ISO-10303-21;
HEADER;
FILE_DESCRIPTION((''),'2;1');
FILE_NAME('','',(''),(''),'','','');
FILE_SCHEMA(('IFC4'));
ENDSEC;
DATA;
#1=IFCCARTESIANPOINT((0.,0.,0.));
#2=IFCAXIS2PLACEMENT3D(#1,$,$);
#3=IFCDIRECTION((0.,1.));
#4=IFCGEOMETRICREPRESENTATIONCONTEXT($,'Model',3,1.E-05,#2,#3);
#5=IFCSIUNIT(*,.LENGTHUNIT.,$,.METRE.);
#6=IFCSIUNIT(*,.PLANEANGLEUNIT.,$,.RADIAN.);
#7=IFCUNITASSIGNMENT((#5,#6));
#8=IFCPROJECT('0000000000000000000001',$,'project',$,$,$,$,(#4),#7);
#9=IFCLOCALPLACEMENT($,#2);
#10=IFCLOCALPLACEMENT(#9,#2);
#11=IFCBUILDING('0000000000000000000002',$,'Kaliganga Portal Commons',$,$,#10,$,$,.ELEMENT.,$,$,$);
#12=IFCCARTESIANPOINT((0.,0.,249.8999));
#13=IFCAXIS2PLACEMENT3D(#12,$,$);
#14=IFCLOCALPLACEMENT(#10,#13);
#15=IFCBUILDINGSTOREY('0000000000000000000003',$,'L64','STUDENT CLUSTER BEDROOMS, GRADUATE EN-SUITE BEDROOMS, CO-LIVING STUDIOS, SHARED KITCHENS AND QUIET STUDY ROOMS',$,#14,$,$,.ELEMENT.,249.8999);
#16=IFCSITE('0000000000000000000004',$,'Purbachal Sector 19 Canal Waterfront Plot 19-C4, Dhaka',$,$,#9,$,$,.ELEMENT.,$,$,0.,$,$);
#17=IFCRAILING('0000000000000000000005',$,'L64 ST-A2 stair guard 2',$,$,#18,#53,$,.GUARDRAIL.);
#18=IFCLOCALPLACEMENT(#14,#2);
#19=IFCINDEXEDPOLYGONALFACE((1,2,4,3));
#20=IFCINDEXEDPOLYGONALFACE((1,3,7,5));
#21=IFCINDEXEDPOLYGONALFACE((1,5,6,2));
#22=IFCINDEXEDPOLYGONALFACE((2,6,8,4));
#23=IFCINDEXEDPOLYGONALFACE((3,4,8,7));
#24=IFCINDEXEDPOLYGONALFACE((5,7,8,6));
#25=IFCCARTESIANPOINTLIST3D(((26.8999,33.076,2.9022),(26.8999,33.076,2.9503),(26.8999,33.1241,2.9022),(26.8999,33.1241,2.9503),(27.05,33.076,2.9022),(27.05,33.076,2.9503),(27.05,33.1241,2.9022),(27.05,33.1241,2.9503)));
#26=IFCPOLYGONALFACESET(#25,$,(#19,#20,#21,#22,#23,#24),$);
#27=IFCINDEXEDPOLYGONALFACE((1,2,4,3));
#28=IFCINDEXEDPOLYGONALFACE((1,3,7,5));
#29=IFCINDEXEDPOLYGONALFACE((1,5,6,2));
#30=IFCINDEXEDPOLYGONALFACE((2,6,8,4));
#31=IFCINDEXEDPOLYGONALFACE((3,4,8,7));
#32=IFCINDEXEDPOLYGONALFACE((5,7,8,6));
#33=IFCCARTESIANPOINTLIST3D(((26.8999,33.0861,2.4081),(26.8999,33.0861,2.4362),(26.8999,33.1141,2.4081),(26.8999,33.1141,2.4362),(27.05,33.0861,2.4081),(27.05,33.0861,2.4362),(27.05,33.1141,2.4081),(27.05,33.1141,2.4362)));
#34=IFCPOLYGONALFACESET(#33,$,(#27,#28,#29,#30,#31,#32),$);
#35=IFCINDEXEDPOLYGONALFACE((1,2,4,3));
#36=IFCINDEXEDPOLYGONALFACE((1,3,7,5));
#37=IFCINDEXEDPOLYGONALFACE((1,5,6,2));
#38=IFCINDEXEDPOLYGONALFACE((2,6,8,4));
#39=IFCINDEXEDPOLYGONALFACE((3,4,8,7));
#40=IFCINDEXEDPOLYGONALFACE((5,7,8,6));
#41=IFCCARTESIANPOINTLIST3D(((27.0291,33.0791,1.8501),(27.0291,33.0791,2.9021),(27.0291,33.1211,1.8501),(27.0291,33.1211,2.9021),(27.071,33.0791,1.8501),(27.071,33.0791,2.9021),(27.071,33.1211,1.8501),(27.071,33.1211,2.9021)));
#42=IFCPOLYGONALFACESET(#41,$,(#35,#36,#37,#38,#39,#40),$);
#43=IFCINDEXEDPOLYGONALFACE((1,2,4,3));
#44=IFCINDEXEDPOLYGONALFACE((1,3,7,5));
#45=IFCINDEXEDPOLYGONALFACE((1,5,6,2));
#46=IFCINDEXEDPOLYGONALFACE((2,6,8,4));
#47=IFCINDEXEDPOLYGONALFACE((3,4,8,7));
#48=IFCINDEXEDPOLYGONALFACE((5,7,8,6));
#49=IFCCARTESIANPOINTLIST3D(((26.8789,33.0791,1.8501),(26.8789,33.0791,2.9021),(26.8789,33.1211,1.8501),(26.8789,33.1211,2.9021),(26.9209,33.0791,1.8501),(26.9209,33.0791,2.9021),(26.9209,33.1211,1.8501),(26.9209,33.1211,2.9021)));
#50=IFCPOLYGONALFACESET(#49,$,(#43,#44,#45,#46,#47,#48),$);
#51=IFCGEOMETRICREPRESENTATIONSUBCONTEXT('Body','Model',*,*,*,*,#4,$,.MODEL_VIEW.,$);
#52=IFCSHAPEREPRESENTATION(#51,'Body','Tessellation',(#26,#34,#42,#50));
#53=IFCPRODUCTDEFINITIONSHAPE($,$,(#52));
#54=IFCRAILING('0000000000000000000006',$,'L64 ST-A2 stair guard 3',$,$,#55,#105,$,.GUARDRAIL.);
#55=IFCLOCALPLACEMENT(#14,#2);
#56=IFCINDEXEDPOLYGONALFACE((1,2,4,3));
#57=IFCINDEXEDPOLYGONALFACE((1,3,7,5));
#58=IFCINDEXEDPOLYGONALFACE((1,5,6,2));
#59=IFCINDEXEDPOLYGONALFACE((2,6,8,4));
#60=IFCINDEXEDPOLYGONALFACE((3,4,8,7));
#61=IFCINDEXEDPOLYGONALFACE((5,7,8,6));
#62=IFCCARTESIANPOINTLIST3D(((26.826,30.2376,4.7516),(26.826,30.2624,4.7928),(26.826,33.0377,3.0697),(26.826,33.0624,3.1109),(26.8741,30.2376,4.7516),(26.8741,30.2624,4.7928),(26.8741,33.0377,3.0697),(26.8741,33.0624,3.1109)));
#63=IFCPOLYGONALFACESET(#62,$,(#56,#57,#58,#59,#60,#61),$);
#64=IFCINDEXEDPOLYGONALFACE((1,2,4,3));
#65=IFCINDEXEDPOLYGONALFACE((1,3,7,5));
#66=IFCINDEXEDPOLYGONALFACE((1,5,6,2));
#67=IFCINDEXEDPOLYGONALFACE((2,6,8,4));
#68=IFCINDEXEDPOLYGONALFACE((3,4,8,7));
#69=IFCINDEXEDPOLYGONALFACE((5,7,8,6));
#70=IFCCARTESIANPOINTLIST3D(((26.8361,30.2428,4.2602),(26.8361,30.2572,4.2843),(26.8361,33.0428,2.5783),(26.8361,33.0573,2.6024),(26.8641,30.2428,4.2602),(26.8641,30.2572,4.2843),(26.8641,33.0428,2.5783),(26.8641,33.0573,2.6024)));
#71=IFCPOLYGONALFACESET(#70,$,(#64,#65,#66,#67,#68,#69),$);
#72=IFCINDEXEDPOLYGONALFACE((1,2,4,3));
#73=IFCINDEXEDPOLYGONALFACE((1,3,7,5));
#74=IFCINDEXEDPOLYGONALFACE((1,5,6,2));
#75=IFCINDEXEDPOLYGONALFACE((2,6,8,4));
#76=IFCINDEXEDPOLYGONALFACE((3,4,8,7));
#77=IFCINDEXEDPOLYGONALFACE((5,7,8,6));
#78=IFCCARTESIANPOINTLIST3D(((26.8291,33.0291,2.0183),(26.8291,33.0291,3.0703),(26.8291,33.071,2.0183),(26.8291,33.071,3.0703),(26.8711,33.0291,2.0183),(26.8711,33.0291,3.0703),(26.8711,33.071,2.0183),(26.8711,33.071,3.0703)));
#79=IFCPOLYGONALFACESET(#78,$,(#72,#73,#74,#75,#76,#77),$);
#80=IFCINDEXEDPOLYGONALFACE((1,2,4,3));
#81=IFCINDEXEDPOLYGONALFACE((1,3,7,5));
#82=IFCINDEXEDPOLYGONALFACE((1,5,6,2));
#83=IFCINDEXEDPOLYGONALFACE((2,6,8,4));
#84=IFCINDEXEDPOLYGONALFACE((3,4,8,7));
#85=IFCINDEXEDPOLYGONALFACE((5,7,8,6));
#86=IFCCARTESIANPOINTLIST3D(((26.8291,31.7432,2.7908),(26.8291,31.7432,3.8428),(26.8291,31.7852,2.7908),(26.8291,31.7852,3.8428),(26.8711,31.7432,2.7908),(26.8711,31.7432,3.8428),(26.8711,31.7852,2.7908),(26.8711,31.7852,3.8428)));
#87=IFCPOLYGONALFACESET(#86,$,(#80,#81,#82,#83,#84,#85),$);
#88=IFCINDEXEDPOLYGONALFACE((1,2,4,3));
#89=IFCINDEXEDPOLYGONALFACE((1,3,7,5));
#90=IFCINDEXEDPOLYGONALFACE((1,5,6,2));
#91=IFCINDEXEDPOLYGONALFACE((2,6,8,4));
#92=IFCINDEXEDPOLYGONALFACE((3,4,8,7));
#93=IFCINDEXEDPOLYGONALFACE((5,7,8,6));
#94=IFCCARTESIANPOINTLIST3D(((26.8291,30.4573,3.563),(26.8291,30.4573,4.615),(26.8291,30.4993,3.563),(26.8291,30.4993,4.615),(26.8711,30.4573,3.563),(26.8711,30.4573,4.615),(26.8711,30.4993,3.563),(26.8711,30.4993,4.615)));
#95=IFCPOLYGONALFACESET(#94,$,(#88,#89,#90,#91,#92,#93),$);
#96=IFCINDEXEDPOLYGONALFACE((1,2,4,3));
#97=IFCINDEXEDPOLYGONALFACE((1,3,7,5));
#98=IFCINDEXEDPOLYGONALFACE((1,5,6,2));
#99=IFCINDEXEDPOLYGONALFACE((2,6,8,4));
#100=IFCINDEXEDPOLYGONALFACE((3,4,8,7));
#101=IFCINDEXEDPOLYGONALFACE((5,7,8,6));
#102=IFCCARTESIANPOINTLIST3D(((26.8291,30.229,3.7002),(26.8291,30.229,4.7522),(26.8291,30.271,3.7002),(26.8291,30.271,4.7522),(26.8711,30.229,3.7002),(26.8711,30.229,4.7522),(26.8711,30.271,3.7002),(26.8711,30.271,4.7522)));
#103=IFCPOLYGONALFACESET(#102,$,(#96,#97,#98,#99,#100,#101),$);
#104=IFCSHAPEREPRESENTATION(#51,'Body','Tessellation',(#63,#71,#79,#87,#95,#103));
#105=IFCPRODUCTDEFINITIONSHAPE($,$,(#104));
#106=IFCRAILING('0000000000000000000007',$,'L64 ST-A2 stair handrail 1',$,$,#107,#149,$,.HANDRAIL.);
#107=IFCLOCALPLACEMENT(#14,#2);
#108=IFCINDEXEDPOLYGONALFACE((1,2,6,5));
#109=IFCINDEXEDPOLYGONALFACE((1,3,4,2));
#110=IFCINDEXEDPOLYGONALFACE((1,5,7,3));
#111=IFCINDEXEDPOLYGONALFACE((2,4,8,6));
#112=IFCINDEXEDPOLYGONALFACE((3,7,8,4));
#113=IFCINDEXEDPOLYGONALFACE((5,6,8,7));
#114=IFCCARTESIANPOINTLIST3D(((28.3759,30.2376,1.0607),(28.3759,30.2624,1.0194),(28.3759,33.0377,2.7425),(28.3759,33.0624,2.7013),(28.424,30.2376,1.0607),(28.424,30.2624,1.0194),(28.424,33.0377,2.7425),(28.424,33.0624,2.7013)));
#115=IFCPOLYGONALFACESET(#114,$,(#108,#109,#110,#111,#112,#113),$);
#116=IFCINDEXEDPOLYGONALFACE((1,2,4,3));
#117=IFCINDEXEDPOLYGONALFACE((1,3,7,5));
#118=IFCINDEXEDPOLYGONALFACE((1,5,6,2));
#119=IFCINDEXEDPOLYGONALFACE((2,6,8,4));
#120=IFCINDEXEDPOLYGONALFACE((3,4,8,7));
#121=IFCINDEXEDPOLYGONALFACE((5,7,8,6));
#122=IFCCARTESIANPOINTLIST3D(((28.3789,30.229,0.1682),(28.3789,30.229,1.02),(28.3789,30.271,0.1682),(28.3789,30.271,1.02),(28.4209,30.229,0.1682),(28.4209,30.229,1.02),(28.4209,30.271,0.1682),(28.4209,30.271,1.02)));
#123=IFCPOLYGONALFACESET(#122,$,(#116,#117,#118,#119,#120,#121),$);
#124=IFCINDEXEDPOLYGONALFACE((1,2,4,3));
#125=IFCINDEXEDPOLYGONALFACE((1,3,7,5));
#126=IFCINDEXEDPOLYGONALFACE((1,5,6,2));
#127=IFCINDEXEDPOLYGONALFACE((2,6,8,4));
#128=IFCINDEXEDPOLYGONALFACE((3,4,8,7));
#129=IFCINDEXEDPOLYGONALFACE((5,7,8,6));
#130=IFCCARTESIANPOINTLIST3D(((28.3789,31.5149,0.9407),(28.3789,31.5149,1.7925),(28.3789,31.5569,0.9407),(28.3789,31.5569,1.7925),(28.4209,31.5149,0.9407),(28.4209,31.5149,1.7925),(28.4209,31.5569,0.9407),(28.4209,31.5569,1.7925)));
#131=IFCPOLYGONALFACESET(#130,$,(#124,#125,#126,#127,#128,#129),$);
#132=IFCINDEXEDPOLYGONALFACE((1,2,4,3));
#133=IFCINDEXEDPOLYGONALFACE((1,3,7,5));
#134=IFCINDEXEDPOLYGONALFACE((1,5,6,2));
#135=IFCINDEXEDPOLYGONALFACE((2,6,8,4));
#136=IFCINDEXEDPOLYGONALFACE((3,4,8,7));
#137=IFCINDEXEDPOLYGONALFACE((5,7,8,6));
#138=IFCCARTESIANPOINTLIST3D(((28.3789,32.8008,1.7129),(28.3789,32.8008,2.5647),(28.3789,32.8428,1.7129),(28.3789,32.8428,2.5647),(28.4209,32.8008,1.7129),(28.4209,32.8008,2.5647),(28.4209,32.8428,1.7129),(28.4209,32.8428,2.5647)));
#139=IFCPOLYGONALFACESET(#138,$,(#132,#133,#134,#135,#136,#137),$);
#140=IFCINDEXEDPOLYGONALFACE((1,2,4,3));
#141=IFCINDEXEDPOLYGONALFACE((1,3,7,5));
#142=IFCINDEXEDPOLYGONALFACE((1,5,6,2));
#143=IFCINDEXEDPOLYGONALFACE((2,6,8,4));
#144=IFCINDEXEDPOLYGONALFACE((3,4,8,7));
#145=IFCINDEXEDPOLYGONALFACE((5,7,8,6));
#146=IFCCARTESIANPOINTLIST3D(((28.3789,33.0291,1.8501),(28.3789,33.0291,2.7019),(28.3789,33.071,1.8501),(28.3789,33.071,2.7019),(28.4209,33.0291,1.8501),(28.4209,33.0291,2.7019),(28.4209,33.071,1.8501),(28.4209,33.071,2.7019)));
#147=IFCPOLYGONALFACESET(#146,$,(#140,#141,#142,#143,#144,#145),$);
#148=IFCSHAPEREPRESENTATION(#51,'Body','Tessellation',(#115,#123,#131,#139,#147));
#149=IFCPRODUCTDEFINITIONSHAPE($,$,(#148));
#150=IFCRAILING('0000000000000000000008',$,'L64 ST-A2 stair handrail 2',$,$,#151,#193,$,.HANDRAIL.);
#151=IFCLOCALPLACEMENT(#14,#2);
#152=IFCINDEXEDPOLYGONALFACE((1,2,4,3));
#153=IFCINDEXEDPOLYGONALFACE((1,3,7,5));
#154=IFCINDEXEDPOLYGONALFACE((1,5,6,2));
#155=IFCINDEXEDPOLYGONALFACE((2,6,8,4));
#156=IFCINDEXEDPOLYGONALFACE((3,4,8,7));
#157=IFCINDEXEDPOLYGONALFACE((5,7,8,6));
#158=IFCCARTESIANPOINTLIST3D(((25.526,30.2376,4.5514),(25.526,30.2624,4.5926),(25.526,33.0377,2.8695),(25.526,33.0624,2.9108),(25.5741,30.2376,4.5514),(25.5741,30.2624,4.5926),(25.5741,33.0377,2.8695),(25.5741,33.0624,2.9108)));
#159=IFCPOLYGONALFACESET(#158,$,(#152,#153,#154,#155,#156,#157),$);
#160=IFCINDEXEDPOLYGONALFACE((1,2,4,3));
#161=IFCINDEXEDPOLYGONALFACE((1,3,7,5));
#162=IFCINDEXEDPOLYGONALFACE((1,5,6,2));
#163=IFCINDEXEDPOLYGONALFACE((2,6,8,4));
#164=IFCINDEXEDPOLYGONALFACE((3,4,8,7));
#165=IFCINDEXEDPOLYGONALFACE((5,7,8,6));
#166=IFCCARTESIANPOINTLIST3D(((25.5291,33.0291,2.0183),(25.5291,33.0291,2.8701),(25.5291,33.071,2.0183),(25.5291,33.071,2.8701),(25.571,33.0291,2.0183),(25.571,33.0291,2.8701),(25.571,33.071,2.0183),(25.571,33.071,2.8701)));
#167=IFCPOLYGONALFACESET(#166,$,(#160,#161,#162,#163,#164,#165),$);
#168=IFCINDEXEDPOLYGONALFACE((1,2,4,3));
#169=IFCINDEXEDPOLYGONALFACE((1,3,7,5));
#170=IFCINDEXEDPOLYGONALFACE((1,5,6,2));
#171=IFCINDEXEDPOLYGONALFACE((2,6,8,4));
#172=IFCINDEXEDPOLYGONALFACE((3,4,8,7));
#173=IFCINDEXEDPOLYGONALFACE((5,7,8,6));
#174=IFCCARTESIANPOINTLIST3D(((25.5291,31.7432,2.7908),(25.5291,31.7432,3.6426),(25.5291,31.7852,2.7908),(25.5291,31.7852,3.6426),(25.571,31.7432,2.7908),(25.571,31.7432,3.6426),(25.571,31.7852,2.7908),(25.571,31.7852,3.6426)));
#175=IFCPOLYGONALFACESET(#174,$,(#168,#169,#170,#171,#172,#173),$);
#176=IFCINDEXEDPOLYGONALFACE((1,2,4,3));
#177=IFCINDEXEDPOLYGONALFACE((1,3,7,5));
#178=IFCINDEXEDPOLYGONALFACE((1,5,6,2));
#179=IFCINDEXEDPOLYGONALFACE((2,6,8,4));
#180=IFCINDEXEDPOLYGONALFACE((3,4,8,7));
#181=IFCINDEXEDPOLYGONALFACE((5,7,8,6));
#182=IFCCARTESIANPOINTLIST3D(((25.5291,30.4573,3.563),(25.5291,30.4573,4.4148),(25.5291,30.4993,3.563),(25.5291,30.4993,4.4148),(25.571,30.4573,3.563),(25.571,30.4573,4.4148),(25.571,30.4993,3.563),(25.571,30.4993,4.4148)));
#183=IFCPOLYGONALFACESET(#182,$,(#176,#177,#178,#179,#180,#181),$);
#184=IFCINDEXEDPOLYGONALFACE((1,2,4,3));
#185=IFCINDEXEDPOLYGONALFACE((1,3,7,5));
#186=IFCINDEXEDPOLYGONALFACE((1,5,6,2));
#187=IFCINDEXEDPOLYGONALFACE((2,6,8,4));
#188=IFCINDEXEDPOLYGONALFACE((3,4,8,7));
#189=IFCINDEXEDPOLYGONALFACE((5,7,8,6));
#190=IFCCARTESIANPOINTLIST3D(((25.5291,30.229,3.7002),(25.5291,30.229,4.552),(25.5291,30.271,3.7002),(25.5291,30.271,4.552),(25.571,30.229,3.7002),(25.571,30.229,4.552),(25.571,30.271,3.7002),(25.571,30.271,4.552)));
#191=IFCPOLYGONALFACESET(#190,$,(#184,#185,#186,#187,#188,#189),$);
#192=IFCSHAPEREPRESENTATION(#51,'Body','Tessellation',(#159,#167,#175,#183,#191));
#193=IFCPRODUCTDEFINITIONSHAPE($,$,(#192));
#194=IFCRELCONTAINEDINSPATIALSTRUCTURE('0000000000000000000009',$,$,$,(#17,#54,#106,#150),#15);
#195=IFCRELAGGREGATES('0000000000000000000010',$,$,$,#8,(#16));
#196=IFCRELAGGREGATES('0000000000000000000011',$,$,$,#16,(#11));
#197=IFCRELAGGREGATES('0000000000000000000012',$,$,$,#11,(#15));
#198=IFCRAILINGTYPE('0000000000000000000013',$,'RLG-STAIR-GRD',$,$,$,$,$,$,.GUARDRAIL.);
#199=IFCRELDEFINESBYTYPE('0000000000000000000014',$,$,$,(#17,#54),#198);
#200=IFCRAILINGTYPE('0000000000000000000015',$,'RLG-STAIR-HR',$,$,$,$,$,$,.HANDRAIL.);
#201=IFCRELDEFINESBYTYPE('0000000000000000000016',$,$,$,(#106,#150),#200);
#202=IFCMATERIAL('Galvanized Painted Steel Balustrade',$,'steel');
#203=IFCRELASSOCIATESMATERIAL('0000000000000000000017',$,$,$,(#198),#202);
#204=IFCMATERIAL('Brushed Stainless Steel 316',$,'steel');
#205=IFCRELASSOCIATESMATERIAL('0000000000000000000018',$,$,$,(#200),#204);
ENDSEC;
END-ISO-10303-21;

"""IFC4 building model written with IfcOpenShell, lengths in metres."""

from ifc_helpers import new_model, si_unit, direction, frame, origin, origin_2d, place, context, subcontext, project, spatial, rectangle, extrude, material, type_object, element, save


model = new_model("IFC4")

# Units and contexts
model_context = context("Model", 3, precision=1e-05, world=origin(), true_north=direction((0.0, 1.0)))
body_context = subcontext(model_context, "Body", "Model", "MODEL_VIEW")
ifc_project = project(units=[si_unit("LENGTHUNIT", "METRE"), si_unit("PLANEANGLEUNIT", "RADIAN")], contexts=[model_context])

# Site, building, storey
site_placement = place(None, origin())
site = spatial("IfcSite", under=ifc_project, at=site_placement, Name="Purbachal Sector 19 Canal Waterfront Plot 19-C4, Dhaka", CompositionType="ELEMENT", RefElevation=0.0)
building_placement = place(site_placement, origin())
building = spatial("IfcBuilding", under=site, at=building_placement, Name="Kaliganga Portal Commons", CompositionType="ELEMENT")
storey_placement = place(building_placement, frame((0.0, 0.0, 249.8999)))
storey = spatial("IfcBuildingStorey", under=building, at=storey_placement, Name="L64", Description="STUDENT CLUSTER BEDROOMS, GRADUATE EN-SUITE BEDROOMS, CO-LIVING STUDIOS, SHARED KITCHENS AND QUIET STUDY ROOMS", CompositionType="ELEMENT", Elevation=249.8999)

# Railings
ifc_material_1 = material(Name="Galvanized Painted Steel Balustrade", Category="steel")
railing_type_1 = type_object("IfcRailingType", Name="RLG-STAIR-GRD", PredefinedType="GUARDRAIL", material=ifc_material_1)
railing_1_placement = place(storey_placement, frame((27.05, 33.1001, 1.8501)))
element("IfcRailing", 1, at=railing_1_placement, inside=storey, type_object=railing_type_1, Name="L64 ST-A2 stair guard 2", PredefinedType="GUARDRAIL", context=body_context, shape_type="SweptSolid", body=[
    extrude(rectangle(XDim=0.0481, YDim=0.0481, at=origin_2d()), frame((0.0, 0.0, 1.0762), z_axis=(-1.0, 0.0, 0.0), x_axis=(0.0, -1.0, 0.0)), (0.0, 0.0, 1.0), 0.1501),
    extrude(rectangle(XDim=0.0281, YDim=0.0281, at=origin_2d()), frame((0.0, 0.0, 0.572), z_axis=(-1.0, 0.0, 0.0), x_axis=(0.0, -1.0, 0.0)), (0.0, 0.0, 1.0), 0.1501),
    extrude(rectangle(XDim=0.042, YDim=0.042, at=origin_2d()), origin(), (0.0, 0.0, 1.0), 1.052),
    extrude(rectangle(XDim=0.042, YDim=0.042, at=origin_2d()), frame((-0.1501, 0.0, 0.0)), (0.0, 0.0, 1.0), 1.052),
])
railing_2_placement = place(storey_placement, frame((26.8501, 33.05, 2.0183)))
element("IfcRailing", 2, at=railing_2_placement, inside=storey, type_object=railing_type_1, Name="L64 ST-A2 stair guard 3", PredefinedType="GUARDRAIL", context=body_context, shape_type="SweptSolid", body=[
    extrude(rectangle(XDim=0.0481, YDim=0.0481, at=origin_2d()), frame((0.0, 0.0, 1.072), z_axis=(0.0, -0.857242, 0.514913), x_axis=(1.0, 0.0, 0.0)), (0.0, 0.0, 1.0), 3.2664),
    extrude(rectangle(XDim=0.0281, YDim=0.0281, at=origin_2d()), frame((0.0, 0.0, 0.572), z_axis=(0.0, -0.857242, 0.514913), x_axis=(1.0, 0.0, 0.0)), (0.0, 0.0, 1.0), 3.2664),
    extrude(rectangle(XDim=0.042, YDim=0.042, at=origin_2d()), origin(), (0.0, 0.0, 1.0), 1.052),
    extrude(rectangle(XDim=0.042, YDim=0.042, at=origin_2d()), frame((0.0, -1.2859, 0.7725)), (0.0, 0.0, 1.0), 1.052),
    extrude(rectangle(XDim=0.042, YDim=0.042, at=origin_2d()), frame((0.0, -2.5718, 1.5447)), (0.0, 0.0, 1.0), 1.052),
    extrude(rectangle(XDim=0.042, YDim=0.042, at=origin_2d()), frame((0.0, -2.8, 1.6819)), (0.0, 0.0, 1.0), 1.052),
])
ifc_material_2 = material(Name="Brushed Stainless Steel 316", Category="steel")
railing_type_2 = type_object("IfcRailingType", Name="RLG-STAIR-HR", PredefinedType="HANDRAIL", material=ifc_material_2)
railing_3_placement = place(storey_placement, frame((28.3999, 30.25, 0.1682)))
element("IfcRailing", 3, at=railing_3_placement, inside=storey, type_object=railing_type_2, Name="L64 ST-A2 stair handrail 1", PredefinedType="HANDRAIL", context=body_context, shape_type="SweptSolid", body=[
    extrude(rectangle(XDim=0.0481, YDim=0.0481, at=origin_2d()), frame((0.0, 0.0, 0.8718), z_axis=(0.0, 0.857242, 0.514913), x_axis=(-1.0, 0.0, 0.0)), (0.0, 0.0, 1.0), 3.2664),
    extrude(rectangle(XDim=0.042, YDim=0.042, at=origin_2d()), origin(), (0.0, 0.0, 1.0), 0.8518),
    extrude(rectangle(XDim=0.042, YDim=0.042, at=origin_2d()), frame((0.0, 1.2859, 0.7725)), (0.0, 0.0, 1.0), 0.8518),
    extrude(rectangle(XDim=0.042, YDim=0.042, at=origin_2d()), frame((0.0, 2.5718, 1.5447)), (0.0, 0.0, 1.0), 0.8518),
    extrude(rectangle(XDim=0.042, YDim=0.042, at=origin_2d()), frame((0.0, 2.8, 1.6819)), (0.0, 0.0, 1.0), 0.8518),
])
railing_4_placement = place(storey_placement, frame((25.55, 33.05, 2.0183)))
element("IfcRailing", 4, at=railing_4_placement, inside=storey, type_object=railing_type_2, Name="L64 ST-A2 stair handrail 2", PredefinedType="HANDRAIL", context=body_context, shape_type="SweptSolid", body=[
    extrude(rectangle(XDim=0.0481, YDim=0.0481, at=origin_2d()), frame((0.0, 0.0, 0.8718), z_axis=(0.0, -0.857242, 0.514913), x_axis=(1.0, 0.0, 0.0)), (0.0, 0.0, 1.0), 3.2664),
    extrude(rectangle(XDim=0.042, YDim=0.042, at=origin_2d()), origin(), (0.0, 0.0, 1.0), 0.8518),
    extrude(rectangle(XDim=0.042, YDim=0.042, at=origin_2d()), frame((0.0, -1.2859, 0.7725)), (0.0, 0.0, 1.0), 0.8518),
    extrude(rectangle(XDim=0.042, YDim=0.042, at=origin_2d()), frame((0.0, -2.5718, 1.5447)), (0.0, 0.0, 1.0), 0.8518),
    extrude(rectangle(XDim=0.042, YDim=0.042, at=origin_2d()), frame((0.0, -2.8, 1.6819)), (0.0, 0.0, 1.0), 0.8518),
])

save(model, "model.ifc")
